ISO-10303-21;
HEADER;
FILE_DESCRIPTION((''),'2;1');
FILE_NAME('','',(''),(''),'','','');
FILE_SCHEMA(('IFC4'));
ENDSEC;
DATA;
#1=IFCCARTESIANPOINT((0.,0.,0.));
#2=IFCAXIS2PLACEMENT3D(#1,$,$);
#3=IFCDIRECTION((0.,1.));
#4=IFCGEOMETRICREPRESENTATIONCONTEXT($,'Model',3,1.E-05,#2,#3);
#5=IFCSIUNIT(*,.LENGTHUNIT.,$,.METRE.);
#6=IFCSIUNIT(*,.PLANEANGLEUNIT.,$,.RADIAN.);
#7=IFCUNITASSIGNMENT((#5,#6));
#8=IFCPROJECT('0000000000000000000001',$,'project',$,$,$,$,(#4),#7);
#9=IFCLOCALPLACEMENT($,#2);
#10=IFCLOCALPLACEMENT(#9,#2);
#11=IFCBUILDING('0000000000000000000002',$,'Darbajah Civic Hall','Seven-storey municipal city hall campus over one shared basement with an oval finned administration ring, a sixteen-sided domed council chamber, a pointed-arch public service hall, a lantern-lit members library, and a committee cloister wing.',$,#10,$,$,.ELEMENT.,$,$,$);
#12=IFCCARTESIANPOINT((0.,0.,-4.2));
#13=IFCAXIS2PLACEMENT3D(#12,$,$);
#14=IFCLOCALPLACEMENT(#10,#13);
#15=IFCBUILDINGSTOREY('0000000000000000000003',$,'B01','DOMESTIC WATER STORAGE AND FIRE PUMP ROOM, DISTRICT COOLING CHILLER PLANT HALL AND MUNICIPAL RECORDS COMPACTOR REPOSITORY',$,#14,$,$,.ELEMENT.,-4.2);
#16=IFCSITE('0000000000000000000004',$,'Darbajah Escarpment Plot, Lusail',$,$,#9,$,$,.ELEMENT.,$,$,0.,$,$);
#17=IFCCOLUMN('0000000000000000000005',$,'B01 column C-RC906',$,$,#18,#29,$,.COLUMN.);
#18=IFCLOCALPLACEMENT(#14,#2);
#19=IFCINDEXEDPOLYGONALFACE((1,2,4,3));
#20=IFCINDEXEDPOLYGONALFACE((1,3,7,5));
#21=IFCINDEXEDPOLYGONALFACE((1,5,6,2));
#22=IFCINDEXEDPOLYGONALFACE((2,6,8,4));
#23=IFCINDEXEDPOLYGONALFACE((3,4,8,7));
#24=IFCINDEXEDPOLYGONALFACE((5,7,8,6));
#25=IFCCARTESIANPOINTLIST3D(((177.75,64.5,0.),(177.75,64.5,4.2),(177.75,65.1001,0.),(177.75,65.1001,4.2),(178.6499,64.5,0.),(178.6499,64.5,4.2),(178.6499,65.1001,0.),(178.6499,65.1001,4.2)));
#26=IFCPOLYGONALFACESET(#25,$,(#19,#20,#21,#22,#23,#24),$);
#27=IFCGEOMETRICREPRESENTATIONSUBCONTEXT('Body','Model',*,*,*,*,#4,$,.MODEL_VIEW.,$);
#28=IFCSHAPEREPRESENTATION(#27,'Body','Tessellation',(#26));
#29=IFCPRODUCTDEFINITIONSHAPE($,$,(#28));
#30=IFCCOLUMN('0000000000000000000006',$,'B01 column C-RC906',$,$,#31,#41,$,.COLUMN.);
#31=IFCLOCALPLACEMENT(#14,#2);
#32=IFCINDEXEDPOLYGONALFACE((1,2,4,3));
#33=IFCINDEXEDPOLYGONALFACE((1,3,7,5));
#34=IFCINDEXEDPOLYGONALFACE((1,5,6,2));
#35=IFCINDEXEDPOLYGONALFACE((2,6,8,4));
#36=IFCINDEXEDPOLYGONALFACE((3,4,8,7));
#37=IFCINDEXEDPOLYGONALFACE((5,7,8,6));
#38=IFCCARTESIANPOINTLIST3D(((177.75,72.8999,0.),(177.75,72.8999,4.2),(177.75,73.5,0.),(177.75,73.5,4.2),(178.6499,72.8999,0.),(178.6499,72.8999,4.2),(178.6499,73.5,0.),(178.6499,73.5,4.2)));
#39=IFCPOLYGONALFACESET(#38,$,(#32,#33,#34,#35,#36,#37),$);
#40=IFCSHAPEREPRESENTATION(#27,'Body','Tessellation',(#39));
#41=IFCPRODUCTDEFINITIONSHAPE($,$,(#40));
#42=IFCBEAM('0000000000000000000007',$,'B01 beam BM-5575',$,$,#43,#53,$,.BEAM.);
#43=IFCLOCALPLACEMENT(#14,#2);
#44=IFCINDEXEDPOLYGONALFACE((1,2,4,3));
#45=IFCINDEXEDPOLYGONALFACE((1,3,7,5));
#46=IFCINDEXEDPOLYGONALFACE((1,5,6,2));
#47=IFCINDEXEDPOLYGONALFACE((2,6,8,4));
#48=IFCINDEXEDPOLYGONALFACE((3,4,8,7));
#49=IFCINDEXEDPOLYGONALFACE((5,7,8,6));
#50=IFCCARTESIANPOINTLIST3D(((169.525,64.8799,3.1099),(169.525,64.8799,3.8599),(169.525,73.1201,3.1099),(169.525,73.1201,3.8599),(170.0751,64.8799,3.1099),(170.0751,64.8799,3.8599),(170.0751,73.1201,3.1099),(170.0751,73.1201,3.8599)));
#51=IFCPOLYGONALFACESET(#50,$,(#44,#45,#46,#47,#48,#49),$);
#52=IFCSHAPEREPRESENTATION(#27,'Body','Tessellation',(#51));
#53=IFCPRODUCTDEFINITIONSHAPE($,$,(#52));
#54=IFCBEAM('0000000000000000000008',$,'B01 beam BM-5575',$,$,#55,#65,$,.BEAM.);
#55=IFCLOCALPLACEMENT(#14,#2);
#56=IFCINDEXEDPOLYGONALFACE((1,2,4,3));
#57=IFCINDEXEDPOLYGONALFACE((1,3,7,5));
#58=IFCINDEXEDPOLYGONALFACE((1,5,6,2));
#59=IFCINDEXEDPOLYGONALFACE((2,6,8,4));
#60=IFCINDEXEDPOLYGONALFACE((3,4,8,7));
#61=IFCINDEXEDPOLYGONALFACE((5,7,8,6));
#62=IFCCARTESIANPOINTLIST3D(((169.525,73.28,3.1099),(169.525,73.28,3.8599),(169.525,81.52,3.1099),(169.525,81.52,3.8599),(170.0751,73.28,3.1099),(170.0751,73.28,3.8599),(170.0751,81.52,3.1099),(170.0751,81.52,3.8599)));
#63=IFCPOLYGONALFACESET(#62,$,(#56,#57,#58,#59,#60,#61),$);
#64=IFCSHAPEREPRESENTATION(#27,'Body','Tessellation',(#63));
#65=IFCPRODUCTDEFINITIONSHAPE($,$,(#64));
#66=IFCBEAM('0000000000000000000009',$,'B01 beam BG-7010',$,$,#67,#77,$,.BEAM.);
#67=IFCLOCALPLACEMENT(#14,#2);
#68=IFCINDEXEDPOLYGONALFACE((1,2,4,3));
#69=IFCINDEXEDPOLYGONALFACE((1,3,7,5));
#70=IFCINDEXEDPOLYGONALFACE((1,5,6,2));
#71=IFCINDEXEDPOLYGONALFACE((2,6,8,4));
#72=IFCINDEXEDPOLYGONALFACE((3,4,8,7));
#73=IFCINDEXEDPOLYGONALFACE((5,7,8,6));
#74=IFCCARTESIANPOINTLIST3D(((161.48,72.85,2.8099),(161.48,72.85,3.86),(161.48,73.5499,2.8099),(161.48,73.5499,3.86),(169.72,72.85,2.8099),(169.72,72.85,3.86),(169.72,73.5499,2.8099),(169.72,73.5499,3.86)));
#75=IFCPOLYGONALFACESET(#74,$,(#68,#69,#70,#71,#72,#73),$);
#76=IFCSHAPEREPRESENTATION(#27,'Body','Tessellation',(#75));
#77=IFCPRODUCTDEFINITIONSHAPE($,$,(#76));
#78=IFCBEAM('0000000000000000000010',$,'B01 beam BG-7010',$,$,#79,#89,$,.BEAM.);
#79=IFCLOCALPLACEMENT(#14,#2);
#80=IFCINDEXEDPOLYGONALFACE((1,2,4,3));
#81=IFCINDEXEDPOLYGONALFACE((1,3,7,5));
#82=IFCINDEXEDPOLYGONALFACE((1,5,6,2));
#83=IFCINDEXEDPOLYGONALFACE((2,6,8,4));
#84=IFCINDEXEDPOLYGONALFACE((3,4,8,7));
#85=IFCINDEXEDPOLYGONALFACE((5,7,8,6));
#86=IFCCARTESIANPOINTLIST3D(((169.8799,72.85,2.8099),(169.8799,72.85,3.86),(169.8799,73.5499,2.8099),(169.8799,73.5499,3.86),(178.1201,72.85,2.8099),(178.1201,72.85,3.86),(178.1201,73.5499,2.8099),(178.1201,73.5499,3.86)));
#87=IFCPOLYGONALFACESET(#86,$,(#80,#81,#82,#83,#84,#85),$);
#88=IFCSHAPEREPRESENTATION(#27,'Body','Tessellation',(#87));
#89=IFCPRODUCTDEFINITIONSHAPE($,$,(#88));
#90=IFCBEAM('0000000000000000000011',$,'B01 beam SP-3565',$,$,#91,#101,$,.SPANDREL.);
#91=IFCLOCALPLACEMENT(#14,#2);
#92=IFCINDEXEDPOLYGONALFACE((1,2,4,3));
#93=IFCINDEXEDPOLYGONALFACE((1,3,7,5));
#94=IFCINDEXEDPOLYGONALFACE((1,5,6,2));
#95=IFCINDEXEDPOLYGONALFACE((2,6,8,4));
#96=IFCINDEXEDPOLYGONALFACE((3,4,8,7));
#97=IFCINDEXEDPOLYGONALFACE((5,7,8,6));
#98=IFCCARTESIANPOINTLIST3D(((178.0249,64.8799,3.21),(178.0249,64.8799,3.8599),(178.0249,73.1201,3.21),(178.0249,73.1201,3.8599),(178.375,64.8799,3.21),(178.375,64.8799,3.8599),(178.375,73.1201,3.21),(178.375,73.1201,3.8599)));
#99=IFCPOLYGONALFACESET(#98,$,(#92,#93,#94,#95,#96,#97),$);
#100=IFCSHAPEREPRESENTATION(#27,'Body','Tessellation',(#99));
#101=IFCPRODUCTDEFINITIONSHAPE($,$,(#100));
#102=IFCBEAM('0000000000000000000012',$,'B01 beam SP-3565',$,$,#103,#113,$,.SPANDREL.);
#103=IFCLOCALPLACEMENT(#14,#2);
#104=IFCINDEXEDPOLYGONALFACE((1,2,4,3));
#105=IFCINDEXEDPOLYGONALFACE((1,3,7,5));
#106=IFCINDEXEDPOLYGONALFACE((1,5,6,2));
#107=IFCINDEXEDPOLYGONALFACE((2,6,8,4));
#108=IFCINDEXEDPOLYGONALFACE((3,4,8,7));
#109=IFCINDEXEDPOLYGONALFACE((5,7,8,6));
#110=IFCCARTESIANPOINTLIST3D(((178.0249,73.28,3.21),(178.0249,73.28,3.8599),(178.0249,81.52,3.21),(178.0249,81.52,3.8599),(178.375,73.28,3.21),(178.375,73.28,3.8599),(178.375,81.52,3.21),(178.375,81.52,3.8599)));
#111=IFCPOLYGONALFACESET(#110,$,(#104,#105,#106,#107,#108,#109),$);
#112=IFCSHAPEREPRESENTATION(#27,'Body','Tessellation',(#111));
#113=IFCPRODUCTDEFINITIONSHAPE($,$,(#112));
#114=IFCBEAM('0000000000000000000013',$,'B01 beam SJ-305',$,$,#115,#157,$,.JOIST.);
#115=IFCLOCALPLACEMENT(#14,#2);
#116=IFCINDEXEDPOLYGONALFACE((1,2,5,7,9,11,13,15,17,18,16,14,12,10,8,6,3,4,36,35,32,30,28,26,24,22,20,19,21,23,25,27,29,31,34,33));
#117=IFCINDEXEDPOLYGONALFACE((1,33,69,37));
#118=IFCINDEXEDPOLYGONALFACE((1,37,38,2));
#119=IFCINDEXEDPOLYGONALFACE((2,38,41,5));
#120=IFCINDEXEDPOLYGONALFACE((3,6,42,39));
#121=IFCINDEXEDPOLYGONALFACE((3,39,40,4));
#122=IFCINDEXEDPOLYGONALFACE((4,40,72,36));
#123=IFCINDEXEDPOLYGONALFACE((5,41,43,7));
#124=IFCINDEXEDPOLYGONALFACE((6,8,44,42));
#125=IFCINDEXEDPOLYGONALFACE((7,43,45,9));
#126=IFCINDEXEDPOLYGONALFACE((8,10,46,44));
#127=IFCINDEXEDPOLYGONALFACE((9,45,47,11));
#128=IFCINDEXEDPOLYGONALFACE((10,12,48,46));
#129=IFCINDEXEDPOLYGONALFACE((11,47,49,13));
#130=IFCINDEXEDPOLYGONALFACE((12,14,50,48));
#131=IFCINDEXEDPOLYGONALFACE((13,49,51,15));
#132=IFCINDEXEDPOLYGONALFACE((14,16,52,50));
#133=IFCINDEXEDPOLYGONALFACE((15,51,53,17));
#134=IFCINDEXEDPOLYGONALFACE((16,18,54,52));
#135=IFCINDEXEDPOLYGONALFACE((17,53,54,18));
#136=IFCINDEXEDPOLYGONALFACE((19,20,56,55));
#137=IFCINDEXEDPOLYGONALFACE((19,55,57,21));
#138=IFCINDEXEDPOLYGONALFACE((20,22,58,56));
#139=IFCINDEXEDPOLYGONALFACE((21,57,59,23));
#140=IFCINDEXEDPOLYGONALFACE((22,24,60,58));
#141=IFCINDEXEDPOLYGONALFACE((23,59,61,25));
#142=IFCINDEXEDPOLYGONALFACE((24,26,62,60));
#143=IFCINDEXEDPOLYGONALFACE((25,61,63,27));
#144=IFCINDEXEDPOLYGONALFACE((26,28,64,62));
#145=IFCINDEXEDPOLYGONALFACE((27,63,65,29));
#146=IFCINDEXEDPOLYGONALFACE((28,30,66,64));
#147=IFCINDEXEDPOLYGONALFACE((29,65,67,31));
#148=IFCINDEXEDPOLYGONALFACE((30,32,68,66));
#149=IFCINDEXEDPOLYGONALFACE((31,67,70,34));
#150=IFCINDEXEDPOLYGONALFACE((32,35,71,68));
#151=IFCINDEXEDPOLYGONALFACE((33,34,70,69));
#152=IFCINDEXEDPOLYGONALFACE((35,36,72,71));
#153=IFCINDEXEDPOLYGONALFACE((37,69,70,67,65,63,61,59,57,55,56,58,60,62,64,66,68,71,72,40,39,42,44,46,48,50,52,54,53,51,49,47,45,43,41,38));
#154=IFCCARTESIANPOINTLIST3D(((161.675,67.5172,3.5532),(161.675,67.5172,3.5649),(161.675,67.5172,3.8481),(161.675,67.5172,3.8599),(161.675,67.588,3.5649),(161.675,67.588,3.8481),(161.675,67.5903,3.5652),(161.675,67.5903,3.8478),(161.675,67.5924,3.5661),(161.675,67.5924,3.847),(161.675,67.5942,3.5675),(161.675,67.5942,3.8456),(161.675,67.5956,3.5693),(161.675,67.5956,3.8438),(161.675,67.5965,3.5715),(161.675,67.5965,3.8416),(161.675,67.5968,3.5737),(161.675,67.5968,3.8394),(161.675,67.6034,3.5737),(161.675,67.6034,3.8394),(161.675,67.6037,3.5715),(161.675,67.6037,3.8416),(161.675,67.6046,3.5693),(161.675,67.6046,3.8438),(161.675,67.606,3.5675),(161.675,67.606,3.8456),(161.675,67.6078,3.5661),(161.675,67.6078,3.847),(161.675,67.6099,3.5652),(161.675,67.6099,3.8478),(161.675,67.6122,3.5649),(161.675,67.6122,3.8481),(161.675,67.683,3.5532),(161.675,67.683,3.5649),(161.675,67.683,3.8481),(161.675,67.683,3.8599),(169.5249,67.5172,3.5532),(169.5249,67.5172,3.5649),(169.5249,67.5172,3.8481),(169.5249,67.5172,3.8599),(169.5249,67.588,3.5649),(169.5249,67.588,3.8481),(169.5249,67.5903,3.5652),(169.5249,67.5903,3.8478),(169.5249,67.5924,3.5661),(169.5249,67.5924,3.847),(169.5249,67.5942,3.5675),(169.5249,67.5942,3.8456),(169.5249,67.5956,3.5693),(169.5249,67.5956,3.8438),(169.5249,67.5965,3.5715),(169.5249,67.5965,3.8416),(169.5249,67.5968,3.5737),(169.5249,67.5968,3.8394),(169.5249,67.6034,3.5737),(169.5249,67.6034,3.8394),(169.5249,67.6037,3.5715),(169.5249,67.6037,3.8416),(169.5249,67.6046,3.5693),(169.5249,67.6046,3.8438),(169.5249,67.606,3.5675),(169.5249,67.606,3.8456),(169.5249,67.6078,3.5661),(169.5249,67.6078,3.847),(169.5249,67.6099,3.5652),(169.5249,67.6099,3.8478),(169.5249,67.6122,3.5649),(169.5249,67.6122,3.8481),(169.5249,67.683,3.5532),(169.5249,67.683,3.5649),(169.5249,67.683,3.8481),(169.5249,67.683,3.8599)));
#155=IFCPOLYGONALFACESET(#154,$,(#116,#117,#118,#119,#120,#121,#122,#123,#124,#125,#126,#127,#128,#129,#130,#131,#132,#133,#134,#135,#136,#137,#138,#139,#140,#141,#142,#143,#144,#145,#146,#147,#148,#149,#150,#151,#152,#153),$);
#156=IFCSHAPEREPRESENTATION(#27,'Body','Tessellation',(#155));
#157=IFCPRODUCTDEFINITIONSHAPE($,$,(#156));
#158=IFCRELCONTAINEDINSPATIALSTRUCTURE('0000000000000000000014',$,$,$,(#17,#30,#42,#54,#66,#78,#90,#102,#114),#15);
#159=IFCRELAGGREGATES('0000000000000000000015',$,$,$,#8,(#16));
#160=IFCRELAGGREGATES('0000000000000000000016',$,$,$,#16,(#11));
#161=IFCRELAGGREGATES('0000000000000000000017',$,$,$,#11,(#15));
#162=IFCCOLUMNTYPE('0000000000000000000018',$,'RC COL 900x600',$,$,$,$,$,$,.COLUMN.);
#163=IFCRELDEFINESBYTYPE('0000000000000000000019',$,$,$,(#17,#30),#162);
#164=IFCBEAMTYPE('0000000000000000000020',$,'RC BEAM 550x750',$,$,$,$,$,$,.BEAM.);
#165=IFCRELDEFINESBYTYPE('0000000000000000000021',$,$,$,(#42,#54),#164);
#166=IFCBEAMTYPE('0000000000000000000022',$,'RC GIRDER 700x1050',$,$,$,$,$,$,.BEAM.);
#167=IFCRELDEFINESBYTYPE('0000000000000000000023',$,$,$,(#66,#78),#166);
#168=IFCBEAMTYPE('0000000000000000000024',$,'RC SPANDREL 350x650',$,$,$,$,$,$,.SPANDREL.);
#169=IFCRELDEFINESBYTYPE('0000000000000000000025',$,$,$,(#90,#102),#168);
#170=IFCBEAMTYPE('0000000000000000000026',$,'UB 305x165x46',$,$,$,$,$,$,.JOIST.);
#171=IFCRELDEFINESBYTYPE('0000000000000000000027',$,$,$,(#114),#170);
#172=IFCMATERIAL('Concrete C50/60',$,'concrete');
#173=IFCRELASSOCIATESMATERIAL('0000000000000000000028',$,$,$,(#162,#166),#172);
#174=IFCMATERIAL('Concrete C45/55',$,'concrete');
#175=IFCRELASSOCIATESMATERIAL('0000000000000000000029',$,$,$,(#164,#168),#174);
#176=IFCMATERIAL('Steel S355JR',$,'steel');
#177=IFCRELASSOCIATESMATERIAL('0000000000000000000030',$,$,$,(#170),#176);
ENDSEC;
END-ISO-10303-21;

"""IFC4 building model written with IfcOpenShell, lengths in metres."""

from ifc_helpers import new_model, si_unit, direction, frame, origin, origin_2d, place, context, subcontext, project, spatial, rectangle, i_section, extrude, material, material_profile, profile_set, type_object, element, save


model = new_model("IFC4")

# Units and contexts
model_context = context("Model", 3, precision=1e-05, world=origin(), true_north=direction((0.0, 1.0)))
body_context = subcontext(model_context, "Body", "Model", "MODEL_VIEW")
ifc_project = project(units=[si_unit("LENGTHUNIT", "METRE"), si_unit("PLANEANGLEUNIT", "RADIAN")], contexts=[model_context])

# Site, building, storey
site_placement = place(None, origin())
site = spatial("IfcSite", under=ifc_project, at=site_placement, Name="Darbajah Escarpment Plot, Lusail", CompositionType="ELEMENT", RefElevation=0.0)
building_placement = place(site_placement, origin())
building = spatial("IfcBuilding", under=site, at=building_placement, Name="Darbajah Civic Hall", Description="Seven-storey municipal city hall campus over one shared basement with an oval finned administration ring, a sixteen-sided domed council chamber, a pointed-arch public service hall, a lantern-lit members library, and a committee cloister wing.", CompositionType="ELEMENT")
storey_placement = place(building_placement, frame((0.0, 0.0, -4.2)))
storey = spatial("IfcBuildingStorey", under=building, at=storey_placement, Name="B01", Description="DOMESTIC WATER STORAGE AND FIRE PUMP ROOM, DISTRICT COOLING CHILLER PLANT HALL AND MUNICIPAL RECORDS COMPACTOR REPOSITORY", CompositionType="ELEMENT", Elevation=-4.2)

# Shared definitions
ifc_material_1 = material(Name="Concrete C45/55", Category="concrete")

# Columns
ifc_material_2 = material(Name="Concrete C50/60", Category="concrete")
ifc_material_profile_1 = material_profile(ifc_material_2, rectangle(XDim=0.8999, YDim=0.6001, at=origin_2d()), Name="RC COL 900x600")
ifc_profile_set_1 = profile_set([ifc_material_profile_1], Name="Concrete C50/60")
column_type = type_object("IfcColumnType", Name="RC COL 900x600", PredefinedType="COLUMN", material=ifc_profile_set_1)
for number, where, z_axis, x_axis, name in (
    (1, (178.2, 64.8, 0.0), (0.0, 0.0, 1.0), (1.0, 0.0, 0.0), "B01 column C-RC906"),
    (2, (178.2, 73.2, 0.0), (0.0, 0.0, 1.0), (1.0, 0.0, 0.0), "B01 column C-RC906"),
):
    element("IfcColumn", number, at=place(storey_placement, frame(where, z_axis=z_axis, x_axis=x_axis)), inside=storey, type_object=column_type, Name=name, PredefinedType="COLUMN", context=body_context, shape_type="SweptSolid", body=[
        extrude(rectangle(XDim=0.8999, YDim=0.6001, at=origin_2d()), origin(), (0.0, 0.0, 1.0), 4.2),
    ])

# Beams
ifc_material_profile_2 = material_profile(ifc_material_1, rectangle(XDim=0.55, YDim=0.75, at=origin_2d()), Name="RC BEAM 550x750")
ifc_profile_set_2 = profile_set([ifc_material_profile_2], Name="Concrete C45/55")
beam_type_1 = type_object("IfcBeamType", Name="RC BEAM 550x750", PredefinedType="BEAM", material=ifc_profile_set_2)
beam_1_placement = place(storey_placement, frame((169.8, 64.8799, 3.4849), z_axis=(0.0, 1.0, 0.0), x_axis=(-1.0, 0.0, 0.0)))
element("IfcBeam", 3, at=beam_1_placement, inside=storey, type_object=beam_type_1, Name="B01 beam BM-5575", PredefinedType="BEAM", context=body_context, shape_type="SweptSolid", body=[
    extrude(rectangle(XDim=0.55, YDim=0.75, at=origin_2d()), origin(), (0.0, 0.0, 1.0), 8.2402),
])
beam_2_placement = place(storey_placement, frame((169.8, 73.28, 3.4849), z_axis=(0.0, 1.0, 0.0), x_axis=(-1.0, 0.0, 0.0)))
element("IfcBeam", 4, at=beam_2_placement, inside=storey, type_object=beam_type_1, Name="B01 beam BM-5575", PredefinedType="BEAM", context=body_context, shape_type="SweptSolid", body=[
    extrude(rectangle(XDim=0.55, YDim=0.75, at=origin_2d()), origin(), (0.0, 0.0, 1.0), 8.24),
])
ifc_material_profile_3 = material_profile(ifc_material_2, rectangle(XDim=0.7, YDim=1.05, at=origin_2d()), Name="RC GIRDER 700x1050")
ifc_profile_set_3 = profile_set([ifc_material_profile_3], Name="Concrete C50/60")
beam_type_2 = type_object("IfcBeamType", Name="RC GIRDER 700x1050", PredefinedType="BEAM", material=ifc_profile_set_3)
beam_3_placement = place(storey_placement, frame((161.48, 73.2, 3.335), z_axis=(1.0, 0.0, 0.0), x_axis=(0.0, 1.0, 0.0)))
element("IfcBeam", 5, at=beam_3_placement, inside=storey, type_object=beam_type_2, Name="B01 beam BG-7010", PredefinedType="BEAM", context=body_context, shape_type="SweptSolid", body=[
    extrude(rectangle(XDim=0.7, YDim=1.05, at=origin_2d()), origin(), (0.0, 0.0, 1.0), 8.24),
])
beam_4_placement = place(storey_placement, frame((169.8799, 73.2, 3.335), z_axis=(1.0, 0.0, 0.0), x_axis=(0.0, 1.0, 0.0)))
element("IfcBeam", 6, at=beam_4_placement, inside=storey, type_object=beam_type_2, Name="B01 beam BG-7010", PredefinedType="BEAM", context=body_context, shape_type="SweptSolid", body=[
    extrude(rectangle(XDim=0.7, YDim=1.05, at=origin_2d()), origin(), (0.0, 0.0, 1.0), 8.2402),
])
ifc_material_profile_4 = material_profile(ifc_material_1, rectangle(XDim=0.3501, YDim=0.6499, at=origin_2d()), Name="RC SPANDREL 350x650")
ifc_profile_set_4 = profile_set([ifc_material_profile_4], Name="Concrete C45/55")
beam_type_3 = type_object("IfcBeamType", Name="RC SPANDREL 350x650", PredefinedType="SPANDREL", material=ifc_profile_set_4)
beam_5_placement = place(storey_placement, frame((178.2, 64.8799, 3.5349), z_axis=(0.0, 1.0, 0.0), x_axis=(-1.0, 0.0, 0.0)))
element("IfcBeam", 7, at=beam_5_placement, inside=storey, type_object=beam_type_3, Name="B01 beam SP-3565", PredefinedType="SPANDREL", context=body_context, shape_type="SweptSolid", body=[
    extrude(rectangle(XDim=0.3501, YDim=0.6499, at=origin_2d()), origin(), (0.0, 0.0, 1.0), 8.2402),
])
beam_6_placement = place(storey_placement, frame((178.2, 73.28, 3.5349), z_axis=(0.0, 1.0, 0.0), x_axis=(-1.0, 0.0, 0.0)))
element("IfcBeam", 8, at=beam_6_placement, inside=storey, type_object=beam_type_3, Name="B01 beam SP-3565", PredefinedType="SPANDREL", context=body_context, shape_type="SweptSolid", body=[
    extrude(rectangle(XDim=0.3501, YDim=0.6499, at=origin_2d()), origin(), (0.0, 0.0, 1.0), 8.24),
])
ifc_material_3 = material(Name="Steel S355JR", Category="steel")
ifc_material_profile_5 = material_profile(ifc_material_3, i_section(OverallWidth=0.1658, OverallDepth=0.3066, WebThickness=0.0066, FlangeThickness=0.0117, FilletRadius=0.0088, at=origin_2d()), Name="UB 305x165x46")
ifc_profile_set_5 = profile_set([ifc_material_profile_5], Name="Steel S355JR")
beam_type_4 = type_object("IfcBeamType", Name="UB 305x165x46", PredefinedType="JOIST", material=ifc_profile_set_5)
for number, where, z_axis, x_axis, name in (
    (9, (161.675, 67.6001, 3.7065), (1.0, 0.0, 0.0), (0.0, 1.0, 0.0), "B01 beam SJ-305"),
):
    element("IfcBeam", number, at=place(storey_placement, frame(where, z_axis=z_axis, x_axis=x_axis)), inside=storey, type_object=beam_type_4, Name=name, PredefinedType="JOIST", context=body_context, shape_type="SweptSolid", body=[
        extrude(i_section(OverallWidth=0.1658, OverallDepth=0.3066, WebThickness=0.0066, FlangeThickness=0.0117, FilletRadius=0.0088, at=origin_2d()), origin(), (0.0, 0.0, 1.0), 7.8499),
    ])

save(model, "model.ifc")
